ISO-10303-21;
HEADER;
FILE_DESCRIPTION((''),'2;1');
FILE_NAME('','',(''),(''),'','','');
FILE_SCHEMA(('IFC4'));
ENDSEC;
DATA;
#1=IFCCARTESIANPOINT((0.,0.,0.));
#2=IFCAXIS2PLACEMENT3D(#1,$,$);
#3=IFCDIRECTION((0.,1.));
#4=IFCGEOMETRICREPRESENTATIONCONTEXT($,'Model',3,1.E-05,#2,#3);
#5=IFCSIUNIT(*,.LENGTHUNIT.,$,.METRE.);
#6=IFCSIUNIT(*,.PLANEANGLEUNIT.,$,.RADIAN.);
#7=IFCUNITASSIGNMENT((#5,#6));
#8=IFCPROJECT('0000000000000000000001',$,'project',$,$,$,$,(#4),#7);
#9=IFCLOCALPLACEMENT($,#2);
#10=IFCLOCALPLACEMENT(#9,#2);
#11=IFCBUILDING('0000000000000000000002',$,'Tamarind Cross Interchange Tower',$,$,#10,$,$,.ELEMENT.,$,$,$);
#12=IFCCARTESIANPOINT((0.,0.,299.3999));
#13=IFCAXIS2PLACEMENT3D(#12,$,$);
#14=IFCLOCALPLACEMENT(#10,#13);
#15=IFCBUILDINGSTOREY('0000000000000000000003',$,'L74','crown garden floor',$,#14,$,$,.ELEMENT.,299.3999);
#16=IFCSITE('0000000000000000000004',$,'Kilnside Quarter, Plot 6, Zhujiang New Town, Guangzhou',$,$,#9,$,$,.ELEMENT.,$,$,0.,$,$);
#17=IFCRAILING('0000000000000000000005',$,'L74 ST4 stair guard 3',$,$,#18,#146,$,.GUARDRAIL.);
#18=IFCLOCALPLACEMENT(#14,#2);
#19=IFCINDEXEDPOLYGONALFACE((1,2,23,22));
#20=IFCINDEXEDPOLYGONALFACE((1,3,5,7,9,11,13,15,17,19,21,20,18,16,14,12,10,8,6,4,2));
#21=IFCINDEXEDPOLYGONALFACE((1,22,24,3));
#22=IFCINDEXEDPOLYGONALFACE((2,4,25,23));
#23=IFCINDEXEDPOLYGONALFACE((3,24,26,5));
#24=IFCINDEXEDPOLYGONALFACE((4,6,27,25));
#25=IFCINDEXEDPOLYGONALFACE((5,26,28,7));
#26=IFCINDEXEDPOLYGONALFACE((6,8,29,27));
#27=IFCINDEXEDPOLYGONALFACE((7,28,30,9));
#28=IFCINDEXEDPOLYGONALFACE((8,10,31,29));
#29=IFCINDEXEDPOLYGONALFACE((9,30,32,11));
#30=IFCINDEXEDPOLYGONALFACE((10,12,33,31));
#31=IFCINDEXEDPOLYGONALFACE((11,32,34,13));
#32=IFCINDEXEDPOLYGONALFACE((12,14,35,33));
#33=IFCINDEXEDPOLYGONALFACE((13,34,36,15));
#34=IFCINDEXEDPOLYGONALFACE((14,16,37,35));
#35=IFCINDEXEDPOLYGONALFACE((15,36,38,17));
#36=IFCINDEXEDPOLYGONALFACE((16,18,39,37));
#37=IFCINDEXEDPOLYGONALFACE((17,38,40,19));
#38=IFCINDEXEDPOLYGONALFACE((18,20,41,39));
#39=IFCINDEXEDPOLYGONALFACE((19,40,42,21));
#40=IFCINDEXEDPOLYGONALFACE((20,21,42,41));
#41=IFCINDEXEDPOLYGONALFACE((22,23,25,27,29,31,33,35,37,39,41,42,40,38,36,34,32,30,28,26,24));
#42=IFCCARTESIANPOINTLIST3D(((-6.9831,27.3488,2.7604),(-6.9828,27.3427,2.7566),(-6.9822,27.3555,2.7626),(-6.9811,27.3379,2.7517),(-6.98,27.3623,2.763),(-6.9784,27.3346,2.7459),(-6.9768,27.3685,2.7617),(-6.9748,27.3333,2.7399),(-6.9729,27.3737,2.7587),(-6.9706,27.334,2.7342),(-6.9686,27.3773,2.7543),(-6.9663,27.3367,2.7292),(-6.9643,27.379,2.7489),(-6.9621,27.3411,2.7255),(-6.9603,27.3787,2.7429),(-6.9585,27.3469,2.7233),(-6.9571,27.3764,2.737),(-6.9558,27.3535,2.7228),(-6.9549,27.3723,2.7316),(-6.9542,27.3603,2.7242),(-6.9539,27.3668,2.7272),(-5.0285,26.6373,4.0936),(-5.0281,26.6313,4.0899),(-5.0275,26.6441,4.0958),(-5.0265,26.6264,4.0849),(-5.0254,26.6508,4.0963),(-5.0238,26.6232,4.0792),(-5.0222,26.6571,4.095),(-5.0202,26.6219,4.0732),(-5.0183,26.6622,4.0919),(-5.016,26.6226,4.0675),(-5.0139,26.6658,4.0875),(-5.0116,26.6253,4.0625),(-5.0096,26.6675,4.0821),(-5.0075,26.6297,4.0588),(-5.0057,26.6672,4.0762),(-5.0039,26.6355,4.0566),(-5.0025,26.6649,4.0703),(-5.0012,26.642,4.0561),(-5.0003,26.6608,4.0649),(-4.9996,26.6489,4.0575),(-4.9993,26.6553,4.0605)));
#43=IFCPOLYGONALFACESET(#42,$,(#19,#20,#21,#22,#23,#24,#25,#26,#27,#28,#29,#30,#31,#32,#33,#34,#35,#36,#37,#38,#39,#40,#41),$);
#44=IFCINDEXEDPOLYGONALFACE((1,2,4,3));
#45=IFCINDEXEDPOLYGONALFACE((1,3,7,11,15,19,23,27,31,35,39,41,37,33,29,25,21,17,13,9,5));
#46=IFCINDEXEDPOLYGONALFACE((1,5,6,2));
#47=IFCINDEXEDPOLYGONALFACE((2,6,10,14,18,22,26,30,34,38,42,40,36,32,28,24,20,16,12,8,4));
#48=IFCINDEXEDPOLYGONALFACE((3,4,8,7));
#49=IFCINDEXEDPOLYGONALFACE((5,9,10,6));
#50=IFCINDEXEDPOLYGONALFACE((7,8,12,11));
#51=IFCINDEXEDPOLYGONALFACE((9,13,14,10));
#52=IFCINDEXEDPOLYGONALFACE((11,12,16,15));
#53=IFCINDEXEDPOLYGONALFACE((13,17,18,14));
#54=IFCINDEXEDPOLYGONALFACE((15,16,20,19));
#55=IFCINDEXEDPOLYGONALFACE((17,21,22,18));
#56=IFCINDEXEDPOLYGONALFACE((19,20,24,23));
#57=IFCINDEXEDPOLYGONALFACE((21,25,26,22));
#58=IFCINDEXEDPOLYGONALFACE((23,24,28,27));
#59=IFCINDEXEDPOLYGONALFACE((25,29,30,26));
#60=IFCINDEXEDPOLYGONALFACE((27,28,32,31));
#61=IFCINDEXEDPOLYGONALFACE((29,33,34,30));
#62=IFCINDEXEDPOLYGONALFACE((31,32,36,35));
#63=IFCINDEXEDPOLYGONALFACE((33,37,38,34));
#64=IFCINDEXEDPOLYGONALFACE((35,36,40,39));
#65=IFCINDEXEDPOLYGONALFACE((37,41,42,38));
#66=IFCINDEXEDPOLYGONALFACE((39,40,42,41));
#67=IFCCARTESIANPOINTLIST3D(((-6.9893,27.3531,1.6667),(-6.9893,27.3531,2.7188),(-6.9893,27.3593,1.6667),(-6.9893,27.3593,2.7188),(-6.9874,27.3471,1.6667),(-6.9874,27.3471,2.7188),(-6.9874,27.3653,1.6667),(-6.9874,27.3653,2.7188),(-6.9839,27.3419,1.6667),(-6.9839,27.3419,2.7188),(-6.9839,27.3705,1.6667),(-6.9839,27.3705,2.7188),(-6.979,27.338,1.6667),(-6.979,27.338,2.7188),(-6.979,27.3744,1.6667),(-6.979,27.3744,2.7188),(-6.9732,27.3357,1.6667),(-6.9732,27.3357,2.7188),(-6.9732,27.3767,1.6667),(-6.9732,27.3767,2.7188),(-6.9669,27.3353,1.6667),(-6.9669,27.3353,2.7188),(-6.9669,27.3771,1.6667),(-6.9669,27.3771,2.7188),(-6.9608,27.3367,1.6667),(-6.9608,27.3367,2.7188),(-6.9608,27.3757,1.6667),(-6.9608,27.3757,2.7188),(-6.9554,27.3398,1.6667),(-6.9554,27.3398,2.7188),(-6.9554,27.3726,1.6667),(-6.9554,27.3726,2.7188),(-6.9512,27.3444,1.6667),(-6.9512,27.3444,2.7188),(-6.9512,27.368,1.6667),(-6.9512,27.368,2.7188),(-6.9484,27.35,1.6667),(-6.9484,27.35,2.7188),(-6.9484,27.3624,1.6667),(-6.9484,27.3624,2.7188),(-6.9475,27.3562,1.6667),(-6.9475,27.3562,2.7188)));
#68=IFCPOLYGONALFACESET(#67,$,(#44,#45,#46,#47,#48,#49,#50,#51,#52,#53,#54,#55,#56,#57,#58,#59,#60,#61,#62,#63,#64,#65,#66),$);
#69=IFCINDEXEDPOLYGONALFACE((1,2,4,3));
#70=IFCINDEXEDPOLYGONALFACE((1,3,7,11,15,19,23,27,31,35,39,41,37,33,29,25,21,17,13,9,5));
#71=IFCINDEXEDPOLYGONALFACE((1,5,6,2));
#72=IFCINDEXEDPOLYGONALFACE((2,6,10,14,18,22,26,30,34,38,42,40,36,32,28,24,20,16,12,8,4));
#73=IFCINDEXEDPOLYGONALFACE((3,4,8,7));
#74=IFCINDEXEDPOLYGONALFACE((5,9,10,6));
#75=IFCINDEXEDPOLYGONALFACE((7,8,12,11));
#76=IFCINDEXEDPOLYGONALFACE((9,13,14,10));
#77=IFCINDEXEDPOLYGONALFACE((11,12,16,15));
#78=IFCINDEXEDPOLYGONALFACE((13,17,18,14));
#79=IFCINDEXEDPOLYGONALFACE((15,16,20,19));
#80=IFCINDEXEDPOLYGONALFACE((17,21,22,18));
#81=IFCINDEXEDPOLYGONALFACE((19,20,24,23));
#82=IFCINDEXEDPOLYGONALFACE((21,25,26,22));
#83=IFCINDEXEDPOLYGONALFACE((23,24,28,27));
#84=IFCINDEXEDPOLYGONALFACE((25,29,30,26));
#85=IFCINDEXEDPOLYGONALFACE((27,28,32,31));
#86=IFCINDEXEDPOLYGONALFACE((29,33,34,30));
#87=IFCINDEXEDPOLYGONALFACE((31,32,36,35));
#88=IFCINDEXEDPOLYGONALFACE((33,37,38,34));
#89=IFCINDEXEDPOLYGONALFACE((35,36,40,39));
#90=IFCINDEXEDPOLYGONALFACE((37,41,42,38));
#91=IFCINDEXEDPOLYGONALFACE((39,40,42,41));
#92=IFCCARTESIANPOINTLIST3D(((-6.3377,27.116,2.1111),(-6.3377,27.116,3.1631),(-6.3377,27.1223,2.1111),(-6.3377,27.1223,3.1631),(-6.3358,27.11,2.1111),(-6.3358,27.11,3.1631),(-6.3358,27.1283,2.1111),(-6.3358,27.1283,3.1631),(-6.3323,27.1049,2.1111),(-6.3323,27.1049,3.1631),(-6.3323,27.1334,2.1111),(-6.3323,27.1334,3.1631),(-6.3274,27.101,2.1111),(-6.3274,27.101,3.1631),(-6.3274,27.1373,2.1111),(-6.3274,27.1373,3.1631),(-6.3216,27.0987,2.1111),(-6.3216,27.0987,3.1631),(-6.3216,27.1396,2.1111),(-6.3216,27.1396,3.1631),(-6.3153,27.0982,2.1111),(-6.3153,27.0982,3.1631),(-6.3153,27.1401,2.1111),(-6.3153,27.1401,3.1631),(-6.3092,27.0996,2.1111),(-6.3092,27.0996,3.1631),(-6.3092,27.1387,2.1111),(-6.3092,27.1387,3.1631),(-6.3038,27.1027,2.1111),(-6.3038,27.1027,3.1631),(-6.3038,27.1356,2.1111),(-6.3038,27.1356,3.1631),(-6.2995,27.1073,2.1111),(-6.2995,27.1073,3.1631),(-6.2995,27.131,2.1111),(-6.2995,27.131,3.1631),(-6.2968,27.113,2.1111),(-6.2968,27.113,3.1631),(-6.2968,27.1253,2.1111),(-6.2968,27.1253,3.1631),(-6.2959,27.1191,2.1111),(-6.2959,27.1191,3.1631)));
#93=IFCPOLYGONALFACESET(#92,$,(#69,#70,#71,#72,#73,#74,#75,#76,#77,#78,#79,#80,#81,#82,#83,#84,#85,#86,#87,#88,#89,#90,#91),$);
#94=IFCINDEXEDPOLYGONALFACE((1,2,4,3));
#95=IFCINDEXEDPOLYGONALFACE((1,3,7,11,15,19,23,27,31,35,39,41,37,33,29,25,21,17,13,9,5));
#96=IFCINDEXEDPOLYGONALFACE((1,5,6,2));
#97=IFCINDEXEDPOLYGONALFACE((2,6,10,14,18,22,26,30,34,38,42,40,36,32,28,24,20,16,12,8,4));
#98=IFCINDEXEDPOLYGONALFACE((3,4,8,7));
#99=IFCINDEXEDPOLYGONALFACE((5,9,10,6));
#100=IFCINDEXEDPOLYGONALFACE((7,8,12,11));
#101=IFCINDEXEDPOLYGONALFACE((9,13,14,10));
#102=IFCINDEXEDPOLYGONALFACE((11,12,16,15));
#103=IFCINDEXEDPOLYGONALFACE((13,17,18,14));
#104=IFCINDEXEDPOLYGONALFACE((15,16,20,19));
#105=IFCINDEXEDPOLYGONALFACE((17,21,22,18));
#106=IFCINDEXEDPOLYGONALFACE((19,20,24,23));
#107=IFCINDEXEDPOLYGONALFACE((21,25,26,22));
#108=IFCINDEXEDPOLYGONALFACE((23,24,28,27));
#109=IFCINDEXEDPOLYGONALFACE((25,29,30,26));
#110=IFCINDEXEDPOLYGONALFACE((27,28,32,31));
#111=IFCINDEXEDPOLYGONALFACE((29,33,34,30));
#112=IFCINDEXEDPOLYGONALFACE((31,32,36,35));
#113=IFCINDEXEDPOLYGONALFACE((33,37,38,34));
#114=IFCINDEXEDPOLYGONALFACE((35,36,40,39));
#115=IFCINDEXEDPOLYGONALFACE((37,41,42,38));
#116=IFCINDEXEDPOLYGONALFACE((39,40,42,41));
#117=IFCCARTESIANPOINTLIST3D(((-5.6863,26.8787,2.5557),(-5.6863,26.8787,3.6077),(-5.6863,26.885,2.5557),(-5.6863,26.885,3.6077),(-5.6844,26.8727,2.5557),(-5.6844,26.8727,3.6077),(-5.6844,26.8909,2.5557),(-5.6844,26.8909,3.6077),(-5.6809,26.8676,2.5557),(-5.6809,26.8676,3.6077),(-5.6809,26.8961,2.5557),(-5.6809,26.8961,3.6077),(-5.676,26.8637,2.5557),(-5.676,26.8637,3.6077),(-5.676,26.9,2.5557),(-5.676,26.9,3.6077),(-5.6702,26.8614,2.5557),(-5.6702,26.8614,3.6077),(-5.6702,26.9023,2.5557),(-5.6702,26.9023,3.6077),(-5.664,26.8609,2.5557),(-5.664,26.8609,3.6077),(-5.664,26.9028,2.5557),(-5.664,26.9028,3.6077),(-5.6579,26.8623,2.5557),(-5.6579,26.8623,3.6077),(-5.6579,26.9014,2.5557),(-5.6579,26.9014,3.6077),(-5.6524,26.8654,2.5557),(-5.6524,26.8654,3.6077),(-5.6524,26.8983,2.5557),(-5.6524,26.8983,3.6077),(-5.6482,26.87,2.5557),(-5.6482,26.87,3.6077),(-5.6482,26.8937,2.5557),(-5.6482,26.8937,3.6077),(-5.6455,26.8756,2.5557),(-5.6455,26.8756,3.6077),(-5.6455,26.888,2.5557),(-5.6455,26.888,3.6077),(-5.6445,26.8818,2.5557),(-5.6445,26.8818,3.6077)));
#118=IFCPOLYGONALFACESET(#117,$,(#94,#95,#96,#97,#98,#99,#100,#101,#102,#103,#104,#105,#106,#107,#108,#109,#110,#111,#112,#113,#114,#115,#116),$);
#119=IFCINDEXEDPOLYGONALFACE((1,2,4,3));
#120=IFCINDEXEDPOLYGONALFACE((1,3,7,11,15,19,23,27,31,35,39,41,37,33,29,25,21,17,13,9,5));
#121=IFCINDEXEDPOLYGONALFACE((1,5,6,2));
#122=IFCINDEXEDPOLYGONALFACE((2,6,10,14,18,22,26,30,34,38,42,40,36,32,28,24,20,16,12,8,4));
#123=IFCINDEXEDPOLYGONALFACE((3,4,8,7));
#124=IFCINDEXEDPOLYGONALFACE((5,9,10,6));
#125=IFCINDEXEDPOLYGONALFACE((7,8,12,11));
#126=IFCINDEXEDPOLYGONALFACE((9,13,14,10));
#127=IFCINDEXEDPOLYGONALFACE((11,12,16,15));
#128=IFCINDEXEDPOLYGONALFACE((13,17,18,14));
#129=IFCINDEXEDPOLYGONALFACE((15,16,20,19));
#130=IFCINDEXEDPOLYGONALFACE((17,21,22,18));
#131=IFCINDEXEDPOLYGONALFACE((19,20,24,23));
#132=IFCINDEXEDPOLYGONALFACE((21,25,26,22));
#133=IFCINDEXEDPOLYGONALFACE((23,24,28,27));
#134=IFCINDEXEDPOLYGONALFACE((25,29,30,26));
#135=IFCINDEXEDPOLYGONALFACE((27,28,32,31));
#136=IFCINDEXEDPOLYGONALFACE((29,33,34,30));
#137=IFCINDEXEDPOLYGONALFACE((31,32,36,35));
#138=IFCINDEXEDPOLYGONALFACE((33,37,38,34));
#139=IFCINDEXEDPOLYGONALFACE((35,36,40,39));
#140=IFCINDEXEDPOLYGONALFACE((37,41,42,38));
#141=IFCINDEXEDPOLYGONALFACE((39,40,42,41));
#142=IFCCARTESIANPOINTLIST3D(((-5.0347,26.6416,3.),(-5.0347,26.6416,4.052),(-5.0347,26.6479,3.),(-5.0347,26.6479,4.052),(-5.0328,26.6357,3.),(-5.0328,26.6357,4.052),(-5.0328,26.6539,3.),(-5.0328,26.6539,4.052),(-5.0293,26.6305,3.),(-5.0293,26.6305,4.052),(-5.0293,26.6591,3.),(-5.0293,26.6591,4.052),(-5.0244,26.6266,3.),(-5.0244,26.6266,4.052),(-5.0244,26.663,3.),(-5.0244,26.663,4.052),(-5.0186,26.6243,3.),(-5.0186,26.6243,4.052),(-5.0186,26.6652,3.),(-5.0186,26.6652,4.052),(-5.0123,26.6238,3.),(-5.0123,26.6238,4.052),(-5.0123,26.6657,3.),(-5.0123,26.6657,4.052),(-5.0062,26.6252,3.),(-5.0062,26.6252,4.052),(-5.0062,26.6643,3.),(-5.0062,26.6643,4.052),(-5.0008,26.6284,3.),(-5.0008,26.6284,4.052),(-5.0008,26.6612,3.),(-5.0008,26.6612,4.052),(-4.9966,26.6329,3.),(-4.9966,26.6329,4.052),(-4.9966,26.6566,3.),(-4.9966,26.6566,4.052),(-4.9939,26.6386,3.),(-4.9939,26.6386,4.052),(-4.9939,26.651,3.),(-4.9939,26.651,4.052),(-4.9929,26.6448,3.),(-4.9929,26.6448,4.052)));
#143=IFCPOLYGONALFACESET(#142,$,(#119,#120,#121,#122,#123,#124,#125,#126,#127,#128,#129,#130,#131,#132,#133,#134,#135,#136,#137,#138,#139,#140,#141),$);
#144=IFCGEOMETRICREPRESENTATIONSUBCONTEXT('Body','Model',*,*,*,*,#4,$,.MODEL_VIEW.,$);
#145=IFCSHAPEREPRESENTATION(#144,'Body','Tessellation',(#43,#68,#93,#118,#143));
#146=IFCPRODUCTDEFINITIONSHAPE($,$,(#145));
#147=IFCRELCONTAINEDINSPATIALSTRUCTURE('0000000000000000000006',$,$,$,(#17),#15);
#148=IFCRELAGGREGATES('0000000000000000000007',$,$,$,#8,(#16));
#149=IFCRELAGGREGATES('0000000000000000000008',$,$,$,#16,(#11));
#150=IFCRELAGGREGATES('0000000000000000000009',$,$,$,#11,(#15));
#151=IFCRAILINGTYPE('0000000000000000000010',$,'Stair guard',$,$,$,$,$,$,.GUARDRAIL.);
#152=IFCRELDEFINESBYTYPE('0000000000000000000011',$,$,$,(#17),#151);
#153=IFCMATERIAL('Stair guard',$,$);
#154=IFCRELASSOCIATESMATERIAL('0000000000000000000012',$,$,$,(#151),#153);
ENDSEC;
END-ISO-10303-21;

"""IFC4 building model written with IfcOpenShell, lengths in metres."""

from ifc_helpers import new_model, si_unit, direction, frame, origin, origin_2d, place, context, subcontext, project, spatial, circle, extrude, material, type_object, element, save


model = new_model("IFC4")

# Units and contexts
model_context = context("Model", 3, precision=1e-05, world=origin(), true_north=direction((0.0, 1.0)))
body_context = subcontext(model_context, "Body", "Model", "MODEL_VIEW")
ifc_project = project(units=[si_unit("LENGTHUNIT", "METRE"), si_unit("PLANEANGLEUNIT", "RADIAN")], contexts=[model_context])

# Site, building, storey
site_placement = place(None, origin())
site = spatial("IfcSite", under=ifc_project, at=site_placement, Name="Kilnside Quarter, Plot 6, Zhujiang New Town, Guangzhou", CompositionType="ELEMENT", RefElevation=0.0)
building_placement = place(site_placement, origin())
building = spatial("IfcBuilding", under=site, at=building_placement, Name="Tamarind Cross Interchange Tower", CompositionType="ELEMENT")
storey_placement = place(building_placement, frame((0.0, 0.0, 299.3999)))
storey = spatial("IfcBuildingStorey", under=building, at=storey_placement, Name="L74", Description="crown garden floor", CompositionType="ELEMENT", Elevation=299.3999)

# Railing
ifc_material_1 = material(Name="Stair guard")
railing_type_1 = type_object("IfcRailingType", Name="Stair guard", PredefinedType="GUARDRAIL", material=ifc_material_1)
railing_1_placement = place(storey_placement, frame((-6.9685, 27.3562, 1.6667)))
element("IfcRailing", 1, at=railing_1_placement, inside=storey, type_object=railing_type_1, Name="L74 ST4 stair guard 3", PredefinedType="GUARDRAIL", context=body_context, shape_type="SweptSolid", body=[
    extrude(circle(Radius=0.0239, at=origin_2d()), frame((0.0, 0.0, 1.0762), z_axis=(0.791124, -0.287951, 0.539636), x_axis=(0.342026, 0.939691, 0.0)), (0.0, 0.0, 1.0), 2.4707),
    extrude(circle(Radius=0.021, at=origin_2d()), origin(), (0.0, 0.0, 1.0), 1.052),
    extrude(circle(Radius=0.021, at=origin_2d()), frame((0.6516, -0.2371, 0.4443)), (0.0, 0.0, 1.0), 1.052),
    extrude(circle(Radius=0.021, at=origin_2d()), frame((1.303, -0.4744, 0.8889)), (0.0, 0.0, 1.0), 1.052),
    extrude(circle(Radius=0.021, at=origin_2d()), frame((1.9546, -0.7114, 1.3333)), (0.0, 0.0, 1.0), 1.052),
])

save(model, "model.ifc")
